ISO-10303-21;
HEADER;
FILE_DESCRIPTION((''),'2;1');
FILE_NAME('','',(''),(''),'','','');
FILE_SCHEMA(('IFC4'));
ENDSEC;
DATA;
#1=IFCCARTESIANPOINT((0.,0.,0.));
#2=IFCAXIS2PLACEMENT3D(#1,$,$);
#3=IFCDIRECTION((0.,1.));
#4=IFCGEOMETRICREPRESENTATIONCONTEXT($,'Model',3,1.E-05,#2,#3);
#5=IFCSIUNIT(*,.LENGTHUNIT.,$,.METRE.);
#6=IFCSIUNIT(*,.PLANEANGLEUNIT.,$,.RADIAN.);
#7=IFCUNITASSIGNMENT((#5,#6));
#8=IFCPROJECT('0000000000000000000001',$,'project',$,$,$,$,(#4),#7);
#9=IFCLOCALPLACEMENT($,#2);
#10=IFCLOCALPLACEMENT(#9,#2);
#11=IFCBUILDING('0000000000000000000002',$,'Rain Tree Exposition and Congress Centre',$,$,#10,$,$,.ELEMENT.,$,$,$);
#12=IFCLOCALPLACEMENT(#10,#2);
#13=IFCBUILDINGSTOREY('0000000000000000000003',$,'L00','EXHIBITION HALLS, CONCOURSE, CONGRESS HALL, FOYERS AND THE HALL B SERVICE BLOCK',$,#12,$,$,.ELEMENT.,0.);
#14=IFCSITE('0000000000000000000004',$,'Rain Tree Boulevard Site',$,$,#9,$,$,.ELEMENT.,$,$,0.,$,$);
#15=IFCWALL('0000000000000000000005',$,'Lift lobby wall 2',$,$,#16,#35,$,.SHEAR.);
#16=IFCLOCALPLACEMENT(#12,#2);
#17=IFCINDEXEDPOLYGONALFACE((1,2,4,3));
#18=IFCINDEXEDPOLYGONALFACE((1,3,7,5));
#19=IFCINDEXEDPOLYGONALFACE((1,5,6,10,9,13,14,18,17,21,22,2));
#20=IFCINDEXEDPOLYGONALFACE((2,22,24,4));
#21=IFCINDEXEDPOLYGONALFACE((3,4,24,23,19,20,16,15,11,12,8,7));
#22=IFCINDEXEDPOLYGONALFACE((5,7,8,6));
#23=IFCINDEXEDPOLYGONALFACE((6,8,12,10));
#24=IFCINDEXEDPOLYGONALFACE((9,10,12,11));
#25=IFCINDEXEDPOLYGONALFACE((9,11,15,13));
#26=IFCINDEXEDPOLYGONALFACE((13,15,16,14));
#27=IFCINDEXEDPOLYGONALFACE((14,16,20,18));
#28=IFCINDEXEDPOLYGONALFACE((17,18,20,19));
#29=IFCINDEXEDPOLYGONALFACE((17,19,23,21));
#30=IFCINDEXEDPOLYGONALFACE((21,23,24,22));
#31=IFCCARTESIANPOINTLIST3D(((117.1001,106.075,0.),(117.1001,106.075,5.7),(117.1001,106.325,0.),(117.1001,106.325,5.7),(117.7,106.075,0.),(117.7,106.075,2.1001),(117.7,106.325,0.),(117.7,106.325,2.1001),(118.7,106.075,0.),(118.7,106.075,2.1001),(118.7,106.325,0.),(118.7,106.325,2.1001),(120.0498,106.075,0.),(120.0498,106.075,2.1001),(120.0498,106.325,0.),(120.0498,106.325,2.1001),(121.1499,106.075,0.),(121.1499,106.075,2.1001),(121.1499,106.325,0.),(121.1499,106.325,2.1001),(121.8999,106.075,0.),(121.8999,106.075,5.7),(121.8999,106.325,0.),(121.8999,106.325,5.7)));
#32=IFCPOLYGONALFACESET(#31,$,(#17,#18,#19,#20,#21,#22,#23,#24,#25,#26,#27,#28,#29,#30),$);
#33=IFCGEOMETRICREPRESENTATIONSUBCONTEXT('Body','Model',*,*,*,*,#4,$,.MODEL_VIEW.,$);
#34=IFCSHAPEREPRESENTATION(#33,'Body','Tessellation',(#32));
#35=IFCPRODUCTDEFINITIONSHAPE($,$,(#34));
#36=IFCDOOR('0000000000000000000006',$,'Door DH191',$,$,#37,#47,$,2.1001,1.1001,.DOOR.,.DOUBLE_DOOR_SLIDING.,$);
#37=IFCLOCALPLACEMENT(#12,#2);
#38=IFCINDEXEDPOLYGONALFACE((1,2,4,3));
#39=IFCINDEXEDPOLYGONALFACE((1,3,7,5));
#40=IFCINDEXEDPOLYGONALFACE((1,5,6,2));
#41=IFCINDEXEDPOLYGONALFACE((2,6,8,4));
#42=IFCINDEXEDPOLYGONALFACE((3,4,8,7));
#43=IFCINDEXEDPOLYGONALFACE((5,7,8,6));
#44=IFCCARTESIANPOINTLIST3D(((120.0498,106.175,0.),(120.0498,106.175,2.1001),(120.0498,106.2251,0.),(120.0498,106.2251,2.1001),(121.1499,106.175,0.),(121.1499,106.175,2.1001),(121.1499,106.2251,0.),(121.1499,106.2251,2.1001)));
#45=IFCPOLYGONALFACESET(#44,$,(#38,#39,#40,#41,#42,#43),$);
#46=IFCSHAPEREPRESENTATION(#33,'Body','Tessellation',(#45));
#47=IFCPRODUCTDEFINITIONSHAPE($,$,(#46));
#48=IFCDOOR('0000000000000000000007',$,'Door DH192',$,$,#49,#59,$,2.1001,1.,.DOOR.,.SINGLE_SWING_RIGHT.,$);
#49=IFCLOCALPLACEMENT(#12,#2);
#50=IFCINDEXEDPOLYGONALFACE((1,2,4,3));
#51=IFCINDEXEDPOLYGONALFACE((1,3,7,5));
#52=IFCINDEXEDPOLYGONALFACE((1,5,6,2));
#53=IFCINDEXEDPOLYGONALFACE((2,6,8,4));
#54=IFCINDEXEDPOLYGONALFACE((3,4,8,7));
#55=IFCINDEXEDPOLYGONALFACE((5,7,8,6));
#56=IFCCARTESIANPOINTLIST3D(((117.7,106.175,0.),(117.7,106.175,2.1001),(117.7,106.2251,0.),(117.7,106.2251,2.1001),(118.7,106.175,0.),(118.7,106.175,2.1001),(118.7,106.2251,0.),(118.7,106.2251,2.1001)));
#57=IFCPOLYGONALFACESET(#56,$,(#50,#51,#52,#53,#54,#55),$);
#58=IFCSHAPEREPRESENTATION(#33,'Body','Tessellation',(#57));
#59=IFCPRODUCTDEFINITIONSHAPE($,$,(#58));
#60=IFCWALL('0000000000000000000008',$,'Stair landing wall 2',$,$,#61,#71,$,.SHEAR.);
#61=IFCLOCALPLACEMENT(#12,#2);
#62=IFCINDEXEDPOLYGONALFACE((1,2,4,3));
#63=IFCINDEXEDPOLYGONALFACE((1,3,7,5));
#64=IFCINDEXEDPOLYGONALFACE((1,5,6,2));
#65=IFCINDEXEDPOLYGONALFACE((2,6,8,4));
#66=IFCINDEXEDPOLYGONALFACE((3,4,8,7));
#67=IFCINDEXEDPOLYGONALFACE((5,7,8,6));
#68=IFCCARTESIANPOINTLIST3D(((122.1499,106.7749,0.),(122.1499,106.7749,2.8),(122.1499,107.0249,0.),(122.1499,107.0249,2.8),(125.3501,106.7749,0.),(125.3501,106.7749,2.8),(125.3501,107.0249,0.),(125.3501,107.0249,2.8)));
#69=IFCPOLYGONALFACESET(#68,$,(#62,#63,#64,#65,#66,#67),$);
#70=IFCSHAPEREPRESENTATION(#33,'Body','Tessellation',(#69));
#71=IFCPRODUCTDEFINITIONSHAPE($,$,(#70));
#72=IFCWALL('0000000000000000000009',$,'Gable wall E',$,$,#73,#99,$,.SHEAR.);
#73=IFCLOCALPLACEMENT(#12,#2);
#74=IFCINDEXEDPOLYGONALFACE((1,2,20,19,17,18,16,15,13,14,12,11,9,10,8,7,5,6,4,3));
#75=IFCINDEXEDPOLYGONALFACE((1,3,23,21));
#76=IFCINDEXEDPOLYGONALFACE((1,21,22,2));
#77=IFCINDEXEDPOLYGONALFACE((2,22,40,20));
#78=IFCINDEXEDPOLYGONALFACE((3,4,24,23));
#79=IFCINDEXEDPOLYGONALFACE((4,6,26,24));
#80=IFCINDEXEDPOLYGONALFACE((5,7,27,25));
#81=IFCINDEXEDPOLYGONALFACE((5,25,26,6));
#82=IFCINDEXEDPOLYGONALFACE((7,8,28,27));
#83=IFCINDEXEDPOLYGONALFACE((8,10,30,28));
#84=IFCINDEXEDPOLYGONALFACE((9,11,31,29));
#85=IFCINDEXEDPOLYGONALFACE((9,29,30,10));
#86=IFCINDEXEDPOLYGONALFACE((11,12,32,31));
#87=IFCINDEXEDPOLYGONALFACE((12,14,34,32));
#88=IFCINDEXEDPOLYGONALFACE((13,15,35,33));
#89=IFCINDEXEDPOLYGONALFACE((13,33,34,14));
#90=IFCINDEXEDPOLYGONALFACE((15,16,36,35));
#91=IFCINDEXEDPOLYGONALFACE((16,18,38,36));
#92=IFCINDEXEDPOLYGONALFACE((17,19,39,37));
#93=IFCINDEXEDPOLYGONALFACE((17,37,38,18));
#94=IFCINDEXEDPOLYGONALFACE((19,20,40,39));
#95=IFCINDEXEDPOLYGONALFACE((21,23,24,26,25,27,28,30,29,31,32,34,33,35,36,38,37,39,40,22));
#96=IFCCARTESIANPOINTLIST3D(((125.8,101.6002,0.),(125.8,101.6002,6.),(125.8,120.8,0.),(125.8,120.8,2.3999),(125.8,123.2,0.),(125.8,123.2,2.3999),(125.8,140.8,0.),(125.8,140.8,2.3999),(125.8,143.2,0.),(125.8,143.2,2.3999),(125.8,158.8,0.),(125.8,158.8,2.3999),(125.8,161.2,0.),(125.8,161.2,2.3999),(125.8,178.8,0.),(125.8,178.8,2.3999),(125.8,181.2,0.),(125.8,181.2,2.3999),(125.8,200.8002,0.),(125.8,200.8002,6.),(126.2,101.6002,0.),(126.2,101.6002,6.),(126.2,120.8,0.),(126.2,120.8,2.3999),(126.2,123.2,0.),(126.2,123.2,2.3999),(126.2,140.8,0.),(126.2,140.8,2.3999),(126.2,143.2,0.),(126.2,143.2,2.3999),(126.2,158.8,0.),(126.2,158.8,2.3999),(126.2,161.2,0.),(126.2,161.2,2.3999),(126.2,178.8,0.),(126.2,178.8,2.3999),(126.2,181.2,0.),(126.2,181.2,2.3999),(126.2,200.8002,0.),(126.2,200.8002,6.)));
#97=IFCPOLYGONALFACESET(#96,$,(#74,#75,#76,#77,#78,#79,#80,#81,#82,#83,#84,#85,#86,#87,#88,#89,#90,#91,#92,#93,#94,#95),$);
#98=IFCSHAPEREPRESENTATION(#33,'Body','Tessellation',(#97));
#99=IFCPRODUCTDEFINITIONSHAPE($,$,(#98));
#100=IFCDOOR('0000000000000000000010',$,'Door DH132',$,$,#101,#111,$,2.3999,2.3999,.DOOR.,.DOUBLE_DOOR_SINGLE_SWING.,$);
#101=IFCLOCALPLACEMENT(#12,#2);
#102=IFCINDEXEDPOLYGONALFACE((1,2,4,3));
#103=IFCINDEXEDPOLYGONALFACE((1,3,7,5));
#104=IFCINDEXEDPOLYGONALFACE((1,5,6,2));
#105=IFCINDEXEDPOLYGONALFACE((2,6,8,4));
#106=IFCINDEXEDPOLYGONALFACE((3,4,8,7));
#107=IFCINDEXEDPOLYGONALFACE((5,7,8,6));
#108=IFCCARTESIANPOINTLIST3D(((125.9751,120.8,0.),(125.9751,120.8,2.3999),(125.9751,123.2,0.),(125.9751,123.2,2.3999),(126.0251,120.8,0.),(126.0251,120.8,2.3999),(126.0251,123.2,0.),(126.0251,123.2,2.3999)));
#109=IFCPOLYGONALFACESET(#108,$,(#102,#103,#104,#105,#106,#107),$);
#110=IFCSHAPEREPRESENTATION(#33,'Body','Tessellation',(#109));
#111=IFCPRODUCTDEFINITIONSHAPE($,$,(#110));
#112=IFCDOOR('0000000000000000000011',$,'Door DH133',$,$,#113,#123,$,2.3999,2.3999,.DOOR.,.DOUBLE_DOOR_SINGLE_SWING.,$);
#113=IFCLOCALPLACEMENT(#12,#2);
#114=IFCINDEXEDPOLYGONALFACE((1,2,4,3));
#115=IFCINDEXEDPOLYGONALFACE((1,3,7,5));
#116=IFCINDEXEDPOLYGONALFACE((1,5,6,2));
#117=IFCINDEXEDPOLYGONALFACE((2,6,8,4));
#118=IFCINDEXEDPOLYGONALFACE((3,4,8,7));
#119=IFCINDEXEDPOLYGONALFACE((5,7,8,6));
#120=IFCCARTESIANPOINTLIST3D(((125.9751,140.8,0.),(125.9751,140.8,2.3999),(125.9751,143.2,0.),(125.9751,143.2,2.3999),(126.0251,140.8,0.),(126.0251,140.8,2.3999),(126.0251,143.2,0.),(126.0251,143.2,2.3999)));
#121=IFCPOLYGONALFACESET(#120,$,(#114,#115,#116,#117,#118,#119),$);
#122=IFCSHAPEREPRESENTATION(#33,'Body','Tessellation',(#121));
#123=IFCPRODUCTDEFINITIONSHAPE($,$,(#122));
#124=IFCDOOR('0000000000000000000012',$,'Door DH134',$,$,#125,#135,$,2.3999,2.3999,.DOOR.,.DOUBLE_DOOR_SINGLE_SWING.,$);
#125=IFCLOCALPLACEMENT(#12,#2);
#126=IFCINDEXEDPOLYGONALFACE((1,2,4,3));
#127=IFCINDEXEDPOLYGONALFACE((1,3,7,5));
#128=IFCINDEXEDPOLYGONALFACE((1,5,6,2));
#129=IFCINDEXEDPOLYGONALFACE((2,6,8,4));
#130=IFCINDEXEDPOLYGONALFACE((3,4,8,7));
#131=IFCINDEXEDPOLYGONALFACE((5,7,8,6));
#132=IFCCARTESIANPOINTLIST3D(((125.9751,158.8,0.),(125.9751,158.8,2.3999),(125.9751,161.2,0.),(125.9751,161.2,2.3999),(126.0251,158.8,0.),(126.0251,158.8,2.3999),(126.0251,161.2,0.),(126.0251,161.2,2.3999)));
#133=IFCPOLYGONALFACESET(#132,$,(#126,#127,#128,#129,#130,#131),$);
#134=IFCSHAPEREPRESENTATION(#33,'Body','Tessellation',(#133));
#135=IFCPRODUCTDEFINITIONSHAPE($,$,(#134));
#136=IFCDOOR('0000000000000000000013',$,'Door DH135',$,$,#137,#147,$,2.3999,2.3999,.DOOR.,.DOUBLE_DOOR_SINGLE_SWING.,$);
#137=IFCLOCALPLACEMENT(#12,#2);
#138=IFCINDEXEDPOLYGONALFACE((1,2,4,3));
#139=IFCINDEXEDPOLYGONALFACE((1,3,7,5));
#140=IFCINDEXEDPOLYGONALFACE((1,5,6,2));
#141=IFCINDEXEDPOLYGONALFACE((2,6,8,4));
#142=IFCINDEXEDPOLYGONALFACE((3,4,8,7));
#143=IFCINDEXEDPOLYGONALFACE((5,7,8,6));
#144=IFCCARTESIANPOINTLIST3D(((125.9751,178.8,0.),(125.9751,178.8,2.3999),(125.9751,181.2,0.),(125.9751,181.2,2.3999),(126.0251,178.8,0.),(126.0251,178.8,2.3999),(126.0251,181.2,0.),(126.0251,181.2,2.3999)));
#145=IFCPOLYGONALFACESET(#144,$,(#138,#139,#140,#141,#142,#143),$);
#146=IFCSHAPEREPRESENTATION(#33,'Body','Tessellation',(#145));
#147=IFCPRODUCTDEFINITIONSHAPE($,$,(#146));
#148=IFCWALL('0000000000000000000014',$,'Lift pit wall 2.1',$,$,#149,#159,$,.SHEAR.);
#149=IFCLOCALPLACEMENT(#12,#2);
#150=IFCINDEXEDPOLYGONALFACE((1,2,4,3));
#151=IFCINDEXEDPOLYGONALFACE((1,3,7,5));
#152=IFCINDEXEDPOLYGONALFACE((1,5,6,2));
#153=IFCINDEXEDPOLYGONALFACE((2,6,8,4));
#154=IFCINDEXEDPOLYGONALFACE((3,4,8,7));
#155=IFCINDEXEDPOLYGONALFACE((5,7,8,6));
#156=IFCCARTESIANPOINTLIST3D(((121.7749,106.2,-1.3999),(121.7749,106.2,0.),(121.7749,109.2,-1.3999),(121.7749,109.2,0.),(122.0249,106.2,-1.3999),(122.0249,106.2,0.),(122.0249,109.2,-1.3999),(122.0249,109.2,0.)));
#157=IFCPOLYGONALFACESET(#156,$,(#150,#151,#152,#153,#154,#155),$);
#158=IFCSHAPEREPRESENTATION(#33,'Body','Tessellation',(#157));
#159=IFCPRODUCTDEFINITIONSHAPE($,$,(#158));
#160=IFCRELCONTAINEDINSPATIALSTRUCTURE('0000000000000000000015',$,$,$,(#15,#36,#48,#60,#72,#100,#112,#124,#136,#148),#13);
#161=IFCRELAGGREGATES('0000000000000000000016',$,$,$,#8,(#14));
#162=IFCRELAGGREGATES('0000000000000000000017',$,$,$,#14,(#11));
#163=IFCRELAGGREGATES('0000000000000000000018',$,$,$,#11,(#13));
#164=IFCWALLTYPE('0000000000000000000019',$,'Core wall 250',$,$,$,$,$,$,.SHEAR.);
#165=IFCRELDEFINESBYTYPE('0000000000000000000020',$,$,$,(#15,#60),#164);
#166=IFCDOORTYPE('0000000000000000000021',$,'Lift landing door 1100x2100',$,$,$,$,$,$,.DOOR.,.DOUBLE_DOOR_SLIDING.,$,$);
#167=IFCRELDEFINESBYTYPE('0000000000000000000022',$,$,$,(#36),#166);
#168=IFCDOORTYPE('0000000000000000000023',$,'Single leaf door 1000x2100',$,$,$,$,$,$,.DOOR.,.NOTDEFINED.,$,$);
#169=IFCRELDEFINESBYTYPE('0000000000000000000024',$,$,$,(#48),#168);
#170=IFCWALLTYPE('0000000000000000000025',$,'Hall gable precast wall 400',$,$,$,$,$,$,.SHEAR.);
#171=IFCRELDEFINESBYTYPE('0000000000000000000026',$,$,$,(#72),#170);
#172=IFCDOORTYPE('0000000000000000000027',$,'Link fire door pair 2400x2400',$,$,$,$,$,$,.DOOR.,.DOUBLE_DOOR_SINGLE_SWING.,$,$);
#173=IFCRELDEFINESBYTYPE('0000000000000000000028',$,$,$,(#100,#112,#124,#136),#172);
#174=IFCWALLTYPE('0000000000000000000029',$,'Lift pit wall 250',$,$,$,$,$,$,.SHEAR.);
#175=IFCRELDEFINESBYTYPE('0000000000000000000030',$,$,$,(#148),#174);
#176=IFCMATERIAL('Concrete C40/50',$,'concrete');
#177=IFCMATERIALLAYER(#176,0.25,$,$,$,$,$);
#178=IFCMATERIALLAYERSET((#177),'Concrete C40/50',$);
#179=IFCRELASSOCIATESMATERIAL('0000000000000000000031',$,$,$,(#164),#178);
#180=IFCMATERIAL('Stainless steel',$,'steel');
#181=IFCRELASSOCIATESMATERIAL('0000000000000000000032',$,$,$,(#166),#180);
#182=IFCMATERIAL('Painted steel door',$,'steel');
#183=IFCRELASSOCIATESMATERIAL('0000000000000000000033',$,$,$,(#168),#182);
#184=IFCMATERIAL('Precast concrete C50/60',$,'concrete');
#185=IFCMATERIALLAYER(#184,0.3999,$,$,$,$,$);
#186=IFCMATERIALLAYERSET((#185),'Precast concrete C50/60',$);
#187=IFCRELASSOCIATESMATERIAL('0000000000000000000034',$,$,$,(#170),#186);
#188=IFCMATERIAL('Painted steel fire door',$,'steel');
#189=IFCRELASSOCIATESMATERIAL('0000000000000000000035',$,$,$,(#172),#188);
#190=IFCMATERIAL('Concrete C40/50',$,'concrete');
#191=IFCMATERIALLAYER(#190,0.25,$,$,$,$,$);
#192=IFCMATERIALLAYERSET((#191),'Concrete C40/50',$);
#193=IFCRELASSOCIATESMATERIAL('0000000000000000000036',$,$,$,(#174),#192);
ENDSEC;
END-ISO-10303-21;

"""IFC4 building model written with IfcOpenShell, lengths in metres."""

from ifc_helpers import new_model, si_unit, direction, frame, frame_2d, origin, place, context, subcontext, project, spatial, rectangle, extrude, material, layer, layer_set, type_object, element, fill, save


model = new_model("IFC4")

# Units and contexts
model_context = context("Model", 3, precision=1e-05, world=origin(), true_north=direction((0.0, 1.0)))
body_context = subcontext(model_context, "Body", "Model", "MODEL_VIEW")
ifc_project = project(units=[si_unit("LENGTHUNIT", "METRE"), si_unit("PLANEANGLEUNIT", "RADIAN")], contexts=[model_context])

# Site, building, storey
site_placement = place(None, origin())
site = spatial("IfcSite", under=ifc_project, at=site_placement, Name="Rain Tree Boulevard Site", CompositionType="ELEMENT", RefElevation=0.0)
building_placement = place(site_placement, origin())
building = spatial("IfcBuilding", under=site, at=building_placement, Name="Rain Tree Exposition and Congress Centre", CompositionType="ELEMENT")
storey_placement = place(building_placement, origin())
storey = spatial("IfcBuildingStorey", under=building, at=storey_placement, Name="L00", Description="EXHIBITION HALLS, CONCOURSE, CONGRESS HALL, FOYERS AND THE HALL B SERVICE BLOCK", CompositionType="ELEMENT", Elevation=0.0)

# Wall, openings, doors
ifc_material_1 = material(Name="Concrete C40/50", Category="concrete")
ifc_layer_1 = layer(ifc_material_1, 0.25)
ifc_layer_set_1 = layer_set([ifc_layer_1], Name="Concrete C40/50")
wall_type_1 = type_object("IfcWallType", Name="Core wall 250", PredefinedType="SHEAR", material=ifc_layer_set_1)
wall_1_placement = place(storey_placement, frame((121.8999, 106.2, 0.0), z_axis=(0.0, 0.0, 1.0), x_axis=(-1.0, 0.0, 0.0)))
wall_1 = element("IfcWall", 1, at=wall_1_placement, inside=storey, type_object=wall_type_1, Name="Lift lobby wall 2", PredefinedType="SHEAR", context=body_context, shape_type="SweptSolid", body=[
    extrude(rectangle(XDim=4.7998, YDim=0.25, at=frame_2d((2.3999, 0.0))), origin(), (0.0, 0.0, 1.0), 5.7),
])
opening_1_placement = place(wall_1_placement, frame((0.75, 0.0, 0.0)))
opening_1 = element("IfcOpeningElement", 2, at=opening_1_placement, cuts=wall_1, PredefinedType="OPENING", context=body_context, shape_type="SweptSolid", body=[
    extrude(rectangle(XDim=1.1001, YDim=2.1001, at=frame_2d((0.55, 1.05))), frame((0.0, 0.125, 0.0), z_axis=(0.0, -1.0, 0.0), x_axis=(1.0, 0.0, 0.0)), (0.0, 0.0, 1.0), 0.25),
])
opening_2_placement = place(wall_1_placement, frame((3.2, 0.0, 0.0)))
opening_2 = element("IfcOpeningElement", 3, at=opening_2_placement, cuts=wall_1, PredefinedType="OPENING", context=body_context, shape_type="SweptSolid", body=[
    extrude(rectangle(XDim=1.0, YDim=2.1001, at=frame_2d((0.5, 1.05))), frame((0.0, 0.125, 0.0), z_axis=(0.0, -1.0, 0.0), x_axis=(1.0, 0.0, 0.0)), (0.0, 0.0, 1.0), 0.25),
])
ifc_material_2 = material(Name="Stainless steel", Category="steel")
door_type_1 = type_object("IfcDoorType", Name="Lift landing door 1100x2100", OperationType="DOUBLE_DOOR_SLIDING", PredefinedType="DOOR", material=ifc_material_2)
door_1_placement = place(opening_1_placement, origin())
door_1 = element("IfcDoor", 4, at=door_1_placement, inside=storey, type_object=door_type_1, Name="Door DH191", OperationType="DOUBLE_DOOR_SLIDING", OverallHeight=2.1001, OverallWidth=1.1001, PredefinedType="DOOR", context=body_context, shape_type="SweptSolid", body=[
    extrude(rectangle(XDim=1.1001, YDim=2.1001, at=frame_2d((0.55, 1.05))), frame((0.0, 0.0249, 0.0), z_axis=(0.0, -1.0, 0.0), x_axis=(1.0, 0.0, 0.0)), (0.0, 0.0, 1.0), 0.05),
])
fill(opening_1, door_1)
ifc_material_3 = material(Name="Painted steel door", Category="steel")
door_type_2 = type_object("IfcDoorType", Name="Single leaf door 1000x2100", OperationType="NOTDEFINED", PredefinedType="DOOR", material=ifc_material_3)
door_2_placement = place(opening_2_placement, origin())
door_2 = element("IfcDoor", 5, at=door_2_placement, inside=storey, type_object=door_type_2, Name="Door DH192", OperationType="SINGLE_SWING_RIGHT", OverallHeight=2.1001, OverallWidth=1.0, PredefinedType="DOOR", context=body_context, shape_type="SweptSolid", body=[
    extrude(rectangle(XDim=1.0, YDim=2.1001, at=frame_2d((0.5, 1.05))), frame((0.0, 0.0249, 0.0), z_axis=(0.0, -1.0, 0.0), x_axis=(1.0, 0.0, 0.0)), (0.0, 0.0, 1.0), 0.05),
])
fill(opening_2, door_2)

# Wall
wall_2_placement = place(storey_placement, frame((125.3501, 106.8999, 0.0), z_axis=(0.0, 0.0, 1.0), x_axis=(-1.0, 0.0, 0.0)))
element("IfcWall", 6, at=wall_2_placement, inside=storey, type_object=wall_type_1, Name="Stair landing wall 2", PredefinedType="SHEAR", context=body_context, shape_type="SweptSolid", body=[
    extrude(rectangle(XDim=3.2002, YDim=0.25, at=frame_2d((1.6001, 0.0))), origin(), (0.0, 0.0, 1.0), 2.8),
])

# Wall, openings, doors
ifc_material_4 = material(Name="Precast concrete C50/60", Category="concrete")
ifc_layer_2 = layer(ifc_material_4, 0.3999)
ifc_layer_set_2 = layer_set([ifc_layer_2], Name="Precast concrete C50/60")
wall_type_2 = type_object("IfcWallType", Name="Hall gable precast wall 400", PredefinedType="SHEAR", material=ifc_layer_set_2)
wall_3_placement = place(storey_placement, frame((126.0, 101.6001, 0.0), z_axis=(0.0, 0.0, 1.0), x_axis=(0.0, 1.0, 0.0)))
wall_3 = element("IfcWall", 7, at=wall_3_placement, inside=storey, type_object=wall_type_2, Name="Gable wall E", PredefinedType="SHEAR", context=body_context, shape_type="SweptSolid", body=[
    extrude(rectangle(XDim=99.2, YDim=0.3999, at=frame_2d((49.6001, 0.0))), origin(), (0.0, 0.0, 1.0), 6.0),
])
opening_3_placement = place(wall_3_placement, frame((19.2, 0.0, 0.0)))
opening_3 = element("IfcOpeningElement", 8, at=opening_3_placement, cuts=wall_3, PredefinedType="OPENING", context=body_context, shape_type="SweptSolid", body=[
    extrude(rectangle(XDim=2.3999, YDim=2.3999, at=frame_2d((1.2, 1.2))), frame((0.0, 0.2, 0.0), z_axis=(0.0, -1.0, 0.0), x_axis=(1.0, 0.0, 0.0)), (0.0, 0.0, 1.0), 0.3999),
])
opening_4_placement = place(wall_3_placement, frame((39.2, 0.0, 0.0)))
opening_4 = element("IfcOpeningElement", 9, at=opening_4_placement, cuts=wall_3, PredefinedType="OPENING", context=body_context, shape_type="SweptSolid", body=[
    extrude(rectangle(XDim=2.3999, YDim=2.3999, at=frame_2d((1.2, 1.2))), frame((0.0, 0.2, 0.0), z_axis=(0.0, -1.0, 0.0), x_axis=(1.0, 0.0, 0.0)), (0.0, 0.0, 1.0), 0.3999),
])
opening_5_placement = place(wall_3_placement, frame((57.2, 0.0, 0.0)))
opening_5 = element("IfcOpeningElement", 10, at=opening_5_placement, cuts=wall_3, PredefinedType="OPENING", context=body_context, shape_type="SweptSolid", body=[
    extrude(rectangle(XDim=2.3999, YDim=2.3999, at=frame_2d((1.2, 1.2))), frame((0.0, 0.2, 0.0), z_axis=(0.0, -1.0, 0.0), x_axis=(1.0, 0.0, 0.0)), (0.0, 0.0, 1.0), 0.3999),
])
opening_6_placement = place(wall_3_placement, frame((77.2, 0.0, 0.0)))
opening_6 = element("IfcOpeningElement", 11, at=opening_6_placement, cuts=wall_3, PredefinedType="OPENING", context=body_context, shape_type="SweptSolid", body=[
    extrude(rectangle(XDim=2.3999, YDim=2.3999, at=frame_2d((1.2, 1.2))), frame((0.0, 0.2, 0.0), z_axis=(0.0, -1.0, 0.0), x_axis=(1.0, 0.0, 0.0)), (0.0, 0.0, 1.0), 0.3999),
])
ifc_material_5 = material(Name="Painted steel fire door", Category="steel")
door_type_3 = type_object("IfcDoorType", Name="Link fire door pair 2400x2400", OperationType="DOUBLE_DOOR_SINGLE_SWING", PredefinedType="DOOR", material=ifc_material_5)
door_3_placement = place(opening_3_placement, origin())
door_3 = element("IfcDoor", 12, at=door_3_placement, inside=storey, type_object=door_type_3, Name="Door DH132", OperationType="DOUBLE_DOOR_SINGLE_SWING", OverallHeight=2.3999, OverallWidth=2.3999, PredefinedType="DOOR", context=body_context, shape_type="SweptSolid", body=[
    extrude(rectangle(XDim=2.3999, YDim=2.3999, at=frame_2d((1.2, 1.2))), frame((0.0, 0.0249, 0.0), z_axis=(0.0, -1.0, 0.0), x_axis=(1.0, 0.0, 0.0)), (0.0, 0.0, 1.0), 0.05),
])
fill(opening_3, door_3)
door_4_placement = place(opening_4_placement, origin())
door_4 = element("IfcDoor", 13, at=door_4_placement, inside=storey, type_object=door_type_3, Name="Door DH133", OperationType="DOUBLE_DOOR_SINGLE_SWING", OverallHeight=2.3999, OverallWidth=2.3999, PredefinedType="DOOR", context=body_context, shape_type="SweptSolid", body=[
    extrude(rectangle(XDim=2.3999, YDim=2.3999, at=frame_2d((1.2, 1.2))), frame((0.0, 0.0249, 0.0), z_axis=(0.0, -1.0, 0.0), x_axis=(1.0, 0.0, 0.0)), (0.0, 0.0, 1.0), 0.05),
])
fill(opening_4, door_4)
door_5_placement = place(opening_5_placement, origin())
door_5 = element("IfcDoor", 14, at=door_5_placement, inside=storey, type_object=door_type_3, Name="Door DH134", OperationType="DOUBLE_DOOR_SINGLE_SWING", OverallHeight=2.3999, OverallWidth=2.3999, PredefinedType="DOOR", context=body_context, shape_type="SweptSolid", body=[
    extrude(rectangle(XDim=2.3999, YDim=2.3999, at=frame_2d((1.2, 1.2))), frame((0.0, 0.0249, 0.0), z_axis=(0.0, -1.0, 0.0), x_axis=(1.0, 0.0, 0.0)), (0.0, 0.0, 1.0), 0.05),
])
fill(opening_5, door_5)
door_6_placement = place(opening_6_placement, origin())
door_6 = element("IfcDoor", 15, at=door_6_placement, inside=storey, type_object=door_type_3, Name="Door DH135", OperationType="DOUBLE_DOOR_SINGLE_SWING", OverallHeight=2.3999, OverallWidth=2.3999, PredefinedType="DOOR", context=body_context, shape_type="SweptSolid", body=[
    extrude(rectangle(XDim=2.3999, YDim=2.3999, at=frame_2d((1.2, 1.2))), frame((0.0, 0.0249, 0.0), z_axis=(0.0, -1.0, 0.0), x_axis=(1.0, 0.0, 0.0)), (0.0, 0.0, 1.0), 0.05),
])
fill(opening_6, door_6)

# Wall
ifc_material_6 = material(Name="Concrete C40/50", Category="concrete")
ifc_layer_3 = layer(ifc_material_6, 0.25)
ifc_layer_set_3 = layer_set([ifc_layer_3], Name="Concrete C40/50")
wall_type_3 = type_object("IfcWallType", Name="Lift pit wall 250", PredefinedType="SHEAR", material=ifc_layer_set_3)
for number, where, z_axis, x_axis, name in (
    (16, (121.8999, 106.2, -1.3999), (0.0, 0.0, 1.0), (0.0, 1.0, 0.0), "Lift pit wall 2.1"),
):
    element("IfcWall", number, at=place(storey_placement, frame(where, z_axis=z_axis, x_axis=x_axis)), inside=storey, type_object=wall_type_3, Name=name, PredefinedType="SHEAR", context=body_context, shape_type="SweptSolid", body=[
        extrude(rectangle(XDim=3.0, YDim=0.25, at=frame_2d((1.5, 0.0))), origin(), (0.0, 0.0, 1.0), 1.3999),
    ])

save(model, "model.ifc")
